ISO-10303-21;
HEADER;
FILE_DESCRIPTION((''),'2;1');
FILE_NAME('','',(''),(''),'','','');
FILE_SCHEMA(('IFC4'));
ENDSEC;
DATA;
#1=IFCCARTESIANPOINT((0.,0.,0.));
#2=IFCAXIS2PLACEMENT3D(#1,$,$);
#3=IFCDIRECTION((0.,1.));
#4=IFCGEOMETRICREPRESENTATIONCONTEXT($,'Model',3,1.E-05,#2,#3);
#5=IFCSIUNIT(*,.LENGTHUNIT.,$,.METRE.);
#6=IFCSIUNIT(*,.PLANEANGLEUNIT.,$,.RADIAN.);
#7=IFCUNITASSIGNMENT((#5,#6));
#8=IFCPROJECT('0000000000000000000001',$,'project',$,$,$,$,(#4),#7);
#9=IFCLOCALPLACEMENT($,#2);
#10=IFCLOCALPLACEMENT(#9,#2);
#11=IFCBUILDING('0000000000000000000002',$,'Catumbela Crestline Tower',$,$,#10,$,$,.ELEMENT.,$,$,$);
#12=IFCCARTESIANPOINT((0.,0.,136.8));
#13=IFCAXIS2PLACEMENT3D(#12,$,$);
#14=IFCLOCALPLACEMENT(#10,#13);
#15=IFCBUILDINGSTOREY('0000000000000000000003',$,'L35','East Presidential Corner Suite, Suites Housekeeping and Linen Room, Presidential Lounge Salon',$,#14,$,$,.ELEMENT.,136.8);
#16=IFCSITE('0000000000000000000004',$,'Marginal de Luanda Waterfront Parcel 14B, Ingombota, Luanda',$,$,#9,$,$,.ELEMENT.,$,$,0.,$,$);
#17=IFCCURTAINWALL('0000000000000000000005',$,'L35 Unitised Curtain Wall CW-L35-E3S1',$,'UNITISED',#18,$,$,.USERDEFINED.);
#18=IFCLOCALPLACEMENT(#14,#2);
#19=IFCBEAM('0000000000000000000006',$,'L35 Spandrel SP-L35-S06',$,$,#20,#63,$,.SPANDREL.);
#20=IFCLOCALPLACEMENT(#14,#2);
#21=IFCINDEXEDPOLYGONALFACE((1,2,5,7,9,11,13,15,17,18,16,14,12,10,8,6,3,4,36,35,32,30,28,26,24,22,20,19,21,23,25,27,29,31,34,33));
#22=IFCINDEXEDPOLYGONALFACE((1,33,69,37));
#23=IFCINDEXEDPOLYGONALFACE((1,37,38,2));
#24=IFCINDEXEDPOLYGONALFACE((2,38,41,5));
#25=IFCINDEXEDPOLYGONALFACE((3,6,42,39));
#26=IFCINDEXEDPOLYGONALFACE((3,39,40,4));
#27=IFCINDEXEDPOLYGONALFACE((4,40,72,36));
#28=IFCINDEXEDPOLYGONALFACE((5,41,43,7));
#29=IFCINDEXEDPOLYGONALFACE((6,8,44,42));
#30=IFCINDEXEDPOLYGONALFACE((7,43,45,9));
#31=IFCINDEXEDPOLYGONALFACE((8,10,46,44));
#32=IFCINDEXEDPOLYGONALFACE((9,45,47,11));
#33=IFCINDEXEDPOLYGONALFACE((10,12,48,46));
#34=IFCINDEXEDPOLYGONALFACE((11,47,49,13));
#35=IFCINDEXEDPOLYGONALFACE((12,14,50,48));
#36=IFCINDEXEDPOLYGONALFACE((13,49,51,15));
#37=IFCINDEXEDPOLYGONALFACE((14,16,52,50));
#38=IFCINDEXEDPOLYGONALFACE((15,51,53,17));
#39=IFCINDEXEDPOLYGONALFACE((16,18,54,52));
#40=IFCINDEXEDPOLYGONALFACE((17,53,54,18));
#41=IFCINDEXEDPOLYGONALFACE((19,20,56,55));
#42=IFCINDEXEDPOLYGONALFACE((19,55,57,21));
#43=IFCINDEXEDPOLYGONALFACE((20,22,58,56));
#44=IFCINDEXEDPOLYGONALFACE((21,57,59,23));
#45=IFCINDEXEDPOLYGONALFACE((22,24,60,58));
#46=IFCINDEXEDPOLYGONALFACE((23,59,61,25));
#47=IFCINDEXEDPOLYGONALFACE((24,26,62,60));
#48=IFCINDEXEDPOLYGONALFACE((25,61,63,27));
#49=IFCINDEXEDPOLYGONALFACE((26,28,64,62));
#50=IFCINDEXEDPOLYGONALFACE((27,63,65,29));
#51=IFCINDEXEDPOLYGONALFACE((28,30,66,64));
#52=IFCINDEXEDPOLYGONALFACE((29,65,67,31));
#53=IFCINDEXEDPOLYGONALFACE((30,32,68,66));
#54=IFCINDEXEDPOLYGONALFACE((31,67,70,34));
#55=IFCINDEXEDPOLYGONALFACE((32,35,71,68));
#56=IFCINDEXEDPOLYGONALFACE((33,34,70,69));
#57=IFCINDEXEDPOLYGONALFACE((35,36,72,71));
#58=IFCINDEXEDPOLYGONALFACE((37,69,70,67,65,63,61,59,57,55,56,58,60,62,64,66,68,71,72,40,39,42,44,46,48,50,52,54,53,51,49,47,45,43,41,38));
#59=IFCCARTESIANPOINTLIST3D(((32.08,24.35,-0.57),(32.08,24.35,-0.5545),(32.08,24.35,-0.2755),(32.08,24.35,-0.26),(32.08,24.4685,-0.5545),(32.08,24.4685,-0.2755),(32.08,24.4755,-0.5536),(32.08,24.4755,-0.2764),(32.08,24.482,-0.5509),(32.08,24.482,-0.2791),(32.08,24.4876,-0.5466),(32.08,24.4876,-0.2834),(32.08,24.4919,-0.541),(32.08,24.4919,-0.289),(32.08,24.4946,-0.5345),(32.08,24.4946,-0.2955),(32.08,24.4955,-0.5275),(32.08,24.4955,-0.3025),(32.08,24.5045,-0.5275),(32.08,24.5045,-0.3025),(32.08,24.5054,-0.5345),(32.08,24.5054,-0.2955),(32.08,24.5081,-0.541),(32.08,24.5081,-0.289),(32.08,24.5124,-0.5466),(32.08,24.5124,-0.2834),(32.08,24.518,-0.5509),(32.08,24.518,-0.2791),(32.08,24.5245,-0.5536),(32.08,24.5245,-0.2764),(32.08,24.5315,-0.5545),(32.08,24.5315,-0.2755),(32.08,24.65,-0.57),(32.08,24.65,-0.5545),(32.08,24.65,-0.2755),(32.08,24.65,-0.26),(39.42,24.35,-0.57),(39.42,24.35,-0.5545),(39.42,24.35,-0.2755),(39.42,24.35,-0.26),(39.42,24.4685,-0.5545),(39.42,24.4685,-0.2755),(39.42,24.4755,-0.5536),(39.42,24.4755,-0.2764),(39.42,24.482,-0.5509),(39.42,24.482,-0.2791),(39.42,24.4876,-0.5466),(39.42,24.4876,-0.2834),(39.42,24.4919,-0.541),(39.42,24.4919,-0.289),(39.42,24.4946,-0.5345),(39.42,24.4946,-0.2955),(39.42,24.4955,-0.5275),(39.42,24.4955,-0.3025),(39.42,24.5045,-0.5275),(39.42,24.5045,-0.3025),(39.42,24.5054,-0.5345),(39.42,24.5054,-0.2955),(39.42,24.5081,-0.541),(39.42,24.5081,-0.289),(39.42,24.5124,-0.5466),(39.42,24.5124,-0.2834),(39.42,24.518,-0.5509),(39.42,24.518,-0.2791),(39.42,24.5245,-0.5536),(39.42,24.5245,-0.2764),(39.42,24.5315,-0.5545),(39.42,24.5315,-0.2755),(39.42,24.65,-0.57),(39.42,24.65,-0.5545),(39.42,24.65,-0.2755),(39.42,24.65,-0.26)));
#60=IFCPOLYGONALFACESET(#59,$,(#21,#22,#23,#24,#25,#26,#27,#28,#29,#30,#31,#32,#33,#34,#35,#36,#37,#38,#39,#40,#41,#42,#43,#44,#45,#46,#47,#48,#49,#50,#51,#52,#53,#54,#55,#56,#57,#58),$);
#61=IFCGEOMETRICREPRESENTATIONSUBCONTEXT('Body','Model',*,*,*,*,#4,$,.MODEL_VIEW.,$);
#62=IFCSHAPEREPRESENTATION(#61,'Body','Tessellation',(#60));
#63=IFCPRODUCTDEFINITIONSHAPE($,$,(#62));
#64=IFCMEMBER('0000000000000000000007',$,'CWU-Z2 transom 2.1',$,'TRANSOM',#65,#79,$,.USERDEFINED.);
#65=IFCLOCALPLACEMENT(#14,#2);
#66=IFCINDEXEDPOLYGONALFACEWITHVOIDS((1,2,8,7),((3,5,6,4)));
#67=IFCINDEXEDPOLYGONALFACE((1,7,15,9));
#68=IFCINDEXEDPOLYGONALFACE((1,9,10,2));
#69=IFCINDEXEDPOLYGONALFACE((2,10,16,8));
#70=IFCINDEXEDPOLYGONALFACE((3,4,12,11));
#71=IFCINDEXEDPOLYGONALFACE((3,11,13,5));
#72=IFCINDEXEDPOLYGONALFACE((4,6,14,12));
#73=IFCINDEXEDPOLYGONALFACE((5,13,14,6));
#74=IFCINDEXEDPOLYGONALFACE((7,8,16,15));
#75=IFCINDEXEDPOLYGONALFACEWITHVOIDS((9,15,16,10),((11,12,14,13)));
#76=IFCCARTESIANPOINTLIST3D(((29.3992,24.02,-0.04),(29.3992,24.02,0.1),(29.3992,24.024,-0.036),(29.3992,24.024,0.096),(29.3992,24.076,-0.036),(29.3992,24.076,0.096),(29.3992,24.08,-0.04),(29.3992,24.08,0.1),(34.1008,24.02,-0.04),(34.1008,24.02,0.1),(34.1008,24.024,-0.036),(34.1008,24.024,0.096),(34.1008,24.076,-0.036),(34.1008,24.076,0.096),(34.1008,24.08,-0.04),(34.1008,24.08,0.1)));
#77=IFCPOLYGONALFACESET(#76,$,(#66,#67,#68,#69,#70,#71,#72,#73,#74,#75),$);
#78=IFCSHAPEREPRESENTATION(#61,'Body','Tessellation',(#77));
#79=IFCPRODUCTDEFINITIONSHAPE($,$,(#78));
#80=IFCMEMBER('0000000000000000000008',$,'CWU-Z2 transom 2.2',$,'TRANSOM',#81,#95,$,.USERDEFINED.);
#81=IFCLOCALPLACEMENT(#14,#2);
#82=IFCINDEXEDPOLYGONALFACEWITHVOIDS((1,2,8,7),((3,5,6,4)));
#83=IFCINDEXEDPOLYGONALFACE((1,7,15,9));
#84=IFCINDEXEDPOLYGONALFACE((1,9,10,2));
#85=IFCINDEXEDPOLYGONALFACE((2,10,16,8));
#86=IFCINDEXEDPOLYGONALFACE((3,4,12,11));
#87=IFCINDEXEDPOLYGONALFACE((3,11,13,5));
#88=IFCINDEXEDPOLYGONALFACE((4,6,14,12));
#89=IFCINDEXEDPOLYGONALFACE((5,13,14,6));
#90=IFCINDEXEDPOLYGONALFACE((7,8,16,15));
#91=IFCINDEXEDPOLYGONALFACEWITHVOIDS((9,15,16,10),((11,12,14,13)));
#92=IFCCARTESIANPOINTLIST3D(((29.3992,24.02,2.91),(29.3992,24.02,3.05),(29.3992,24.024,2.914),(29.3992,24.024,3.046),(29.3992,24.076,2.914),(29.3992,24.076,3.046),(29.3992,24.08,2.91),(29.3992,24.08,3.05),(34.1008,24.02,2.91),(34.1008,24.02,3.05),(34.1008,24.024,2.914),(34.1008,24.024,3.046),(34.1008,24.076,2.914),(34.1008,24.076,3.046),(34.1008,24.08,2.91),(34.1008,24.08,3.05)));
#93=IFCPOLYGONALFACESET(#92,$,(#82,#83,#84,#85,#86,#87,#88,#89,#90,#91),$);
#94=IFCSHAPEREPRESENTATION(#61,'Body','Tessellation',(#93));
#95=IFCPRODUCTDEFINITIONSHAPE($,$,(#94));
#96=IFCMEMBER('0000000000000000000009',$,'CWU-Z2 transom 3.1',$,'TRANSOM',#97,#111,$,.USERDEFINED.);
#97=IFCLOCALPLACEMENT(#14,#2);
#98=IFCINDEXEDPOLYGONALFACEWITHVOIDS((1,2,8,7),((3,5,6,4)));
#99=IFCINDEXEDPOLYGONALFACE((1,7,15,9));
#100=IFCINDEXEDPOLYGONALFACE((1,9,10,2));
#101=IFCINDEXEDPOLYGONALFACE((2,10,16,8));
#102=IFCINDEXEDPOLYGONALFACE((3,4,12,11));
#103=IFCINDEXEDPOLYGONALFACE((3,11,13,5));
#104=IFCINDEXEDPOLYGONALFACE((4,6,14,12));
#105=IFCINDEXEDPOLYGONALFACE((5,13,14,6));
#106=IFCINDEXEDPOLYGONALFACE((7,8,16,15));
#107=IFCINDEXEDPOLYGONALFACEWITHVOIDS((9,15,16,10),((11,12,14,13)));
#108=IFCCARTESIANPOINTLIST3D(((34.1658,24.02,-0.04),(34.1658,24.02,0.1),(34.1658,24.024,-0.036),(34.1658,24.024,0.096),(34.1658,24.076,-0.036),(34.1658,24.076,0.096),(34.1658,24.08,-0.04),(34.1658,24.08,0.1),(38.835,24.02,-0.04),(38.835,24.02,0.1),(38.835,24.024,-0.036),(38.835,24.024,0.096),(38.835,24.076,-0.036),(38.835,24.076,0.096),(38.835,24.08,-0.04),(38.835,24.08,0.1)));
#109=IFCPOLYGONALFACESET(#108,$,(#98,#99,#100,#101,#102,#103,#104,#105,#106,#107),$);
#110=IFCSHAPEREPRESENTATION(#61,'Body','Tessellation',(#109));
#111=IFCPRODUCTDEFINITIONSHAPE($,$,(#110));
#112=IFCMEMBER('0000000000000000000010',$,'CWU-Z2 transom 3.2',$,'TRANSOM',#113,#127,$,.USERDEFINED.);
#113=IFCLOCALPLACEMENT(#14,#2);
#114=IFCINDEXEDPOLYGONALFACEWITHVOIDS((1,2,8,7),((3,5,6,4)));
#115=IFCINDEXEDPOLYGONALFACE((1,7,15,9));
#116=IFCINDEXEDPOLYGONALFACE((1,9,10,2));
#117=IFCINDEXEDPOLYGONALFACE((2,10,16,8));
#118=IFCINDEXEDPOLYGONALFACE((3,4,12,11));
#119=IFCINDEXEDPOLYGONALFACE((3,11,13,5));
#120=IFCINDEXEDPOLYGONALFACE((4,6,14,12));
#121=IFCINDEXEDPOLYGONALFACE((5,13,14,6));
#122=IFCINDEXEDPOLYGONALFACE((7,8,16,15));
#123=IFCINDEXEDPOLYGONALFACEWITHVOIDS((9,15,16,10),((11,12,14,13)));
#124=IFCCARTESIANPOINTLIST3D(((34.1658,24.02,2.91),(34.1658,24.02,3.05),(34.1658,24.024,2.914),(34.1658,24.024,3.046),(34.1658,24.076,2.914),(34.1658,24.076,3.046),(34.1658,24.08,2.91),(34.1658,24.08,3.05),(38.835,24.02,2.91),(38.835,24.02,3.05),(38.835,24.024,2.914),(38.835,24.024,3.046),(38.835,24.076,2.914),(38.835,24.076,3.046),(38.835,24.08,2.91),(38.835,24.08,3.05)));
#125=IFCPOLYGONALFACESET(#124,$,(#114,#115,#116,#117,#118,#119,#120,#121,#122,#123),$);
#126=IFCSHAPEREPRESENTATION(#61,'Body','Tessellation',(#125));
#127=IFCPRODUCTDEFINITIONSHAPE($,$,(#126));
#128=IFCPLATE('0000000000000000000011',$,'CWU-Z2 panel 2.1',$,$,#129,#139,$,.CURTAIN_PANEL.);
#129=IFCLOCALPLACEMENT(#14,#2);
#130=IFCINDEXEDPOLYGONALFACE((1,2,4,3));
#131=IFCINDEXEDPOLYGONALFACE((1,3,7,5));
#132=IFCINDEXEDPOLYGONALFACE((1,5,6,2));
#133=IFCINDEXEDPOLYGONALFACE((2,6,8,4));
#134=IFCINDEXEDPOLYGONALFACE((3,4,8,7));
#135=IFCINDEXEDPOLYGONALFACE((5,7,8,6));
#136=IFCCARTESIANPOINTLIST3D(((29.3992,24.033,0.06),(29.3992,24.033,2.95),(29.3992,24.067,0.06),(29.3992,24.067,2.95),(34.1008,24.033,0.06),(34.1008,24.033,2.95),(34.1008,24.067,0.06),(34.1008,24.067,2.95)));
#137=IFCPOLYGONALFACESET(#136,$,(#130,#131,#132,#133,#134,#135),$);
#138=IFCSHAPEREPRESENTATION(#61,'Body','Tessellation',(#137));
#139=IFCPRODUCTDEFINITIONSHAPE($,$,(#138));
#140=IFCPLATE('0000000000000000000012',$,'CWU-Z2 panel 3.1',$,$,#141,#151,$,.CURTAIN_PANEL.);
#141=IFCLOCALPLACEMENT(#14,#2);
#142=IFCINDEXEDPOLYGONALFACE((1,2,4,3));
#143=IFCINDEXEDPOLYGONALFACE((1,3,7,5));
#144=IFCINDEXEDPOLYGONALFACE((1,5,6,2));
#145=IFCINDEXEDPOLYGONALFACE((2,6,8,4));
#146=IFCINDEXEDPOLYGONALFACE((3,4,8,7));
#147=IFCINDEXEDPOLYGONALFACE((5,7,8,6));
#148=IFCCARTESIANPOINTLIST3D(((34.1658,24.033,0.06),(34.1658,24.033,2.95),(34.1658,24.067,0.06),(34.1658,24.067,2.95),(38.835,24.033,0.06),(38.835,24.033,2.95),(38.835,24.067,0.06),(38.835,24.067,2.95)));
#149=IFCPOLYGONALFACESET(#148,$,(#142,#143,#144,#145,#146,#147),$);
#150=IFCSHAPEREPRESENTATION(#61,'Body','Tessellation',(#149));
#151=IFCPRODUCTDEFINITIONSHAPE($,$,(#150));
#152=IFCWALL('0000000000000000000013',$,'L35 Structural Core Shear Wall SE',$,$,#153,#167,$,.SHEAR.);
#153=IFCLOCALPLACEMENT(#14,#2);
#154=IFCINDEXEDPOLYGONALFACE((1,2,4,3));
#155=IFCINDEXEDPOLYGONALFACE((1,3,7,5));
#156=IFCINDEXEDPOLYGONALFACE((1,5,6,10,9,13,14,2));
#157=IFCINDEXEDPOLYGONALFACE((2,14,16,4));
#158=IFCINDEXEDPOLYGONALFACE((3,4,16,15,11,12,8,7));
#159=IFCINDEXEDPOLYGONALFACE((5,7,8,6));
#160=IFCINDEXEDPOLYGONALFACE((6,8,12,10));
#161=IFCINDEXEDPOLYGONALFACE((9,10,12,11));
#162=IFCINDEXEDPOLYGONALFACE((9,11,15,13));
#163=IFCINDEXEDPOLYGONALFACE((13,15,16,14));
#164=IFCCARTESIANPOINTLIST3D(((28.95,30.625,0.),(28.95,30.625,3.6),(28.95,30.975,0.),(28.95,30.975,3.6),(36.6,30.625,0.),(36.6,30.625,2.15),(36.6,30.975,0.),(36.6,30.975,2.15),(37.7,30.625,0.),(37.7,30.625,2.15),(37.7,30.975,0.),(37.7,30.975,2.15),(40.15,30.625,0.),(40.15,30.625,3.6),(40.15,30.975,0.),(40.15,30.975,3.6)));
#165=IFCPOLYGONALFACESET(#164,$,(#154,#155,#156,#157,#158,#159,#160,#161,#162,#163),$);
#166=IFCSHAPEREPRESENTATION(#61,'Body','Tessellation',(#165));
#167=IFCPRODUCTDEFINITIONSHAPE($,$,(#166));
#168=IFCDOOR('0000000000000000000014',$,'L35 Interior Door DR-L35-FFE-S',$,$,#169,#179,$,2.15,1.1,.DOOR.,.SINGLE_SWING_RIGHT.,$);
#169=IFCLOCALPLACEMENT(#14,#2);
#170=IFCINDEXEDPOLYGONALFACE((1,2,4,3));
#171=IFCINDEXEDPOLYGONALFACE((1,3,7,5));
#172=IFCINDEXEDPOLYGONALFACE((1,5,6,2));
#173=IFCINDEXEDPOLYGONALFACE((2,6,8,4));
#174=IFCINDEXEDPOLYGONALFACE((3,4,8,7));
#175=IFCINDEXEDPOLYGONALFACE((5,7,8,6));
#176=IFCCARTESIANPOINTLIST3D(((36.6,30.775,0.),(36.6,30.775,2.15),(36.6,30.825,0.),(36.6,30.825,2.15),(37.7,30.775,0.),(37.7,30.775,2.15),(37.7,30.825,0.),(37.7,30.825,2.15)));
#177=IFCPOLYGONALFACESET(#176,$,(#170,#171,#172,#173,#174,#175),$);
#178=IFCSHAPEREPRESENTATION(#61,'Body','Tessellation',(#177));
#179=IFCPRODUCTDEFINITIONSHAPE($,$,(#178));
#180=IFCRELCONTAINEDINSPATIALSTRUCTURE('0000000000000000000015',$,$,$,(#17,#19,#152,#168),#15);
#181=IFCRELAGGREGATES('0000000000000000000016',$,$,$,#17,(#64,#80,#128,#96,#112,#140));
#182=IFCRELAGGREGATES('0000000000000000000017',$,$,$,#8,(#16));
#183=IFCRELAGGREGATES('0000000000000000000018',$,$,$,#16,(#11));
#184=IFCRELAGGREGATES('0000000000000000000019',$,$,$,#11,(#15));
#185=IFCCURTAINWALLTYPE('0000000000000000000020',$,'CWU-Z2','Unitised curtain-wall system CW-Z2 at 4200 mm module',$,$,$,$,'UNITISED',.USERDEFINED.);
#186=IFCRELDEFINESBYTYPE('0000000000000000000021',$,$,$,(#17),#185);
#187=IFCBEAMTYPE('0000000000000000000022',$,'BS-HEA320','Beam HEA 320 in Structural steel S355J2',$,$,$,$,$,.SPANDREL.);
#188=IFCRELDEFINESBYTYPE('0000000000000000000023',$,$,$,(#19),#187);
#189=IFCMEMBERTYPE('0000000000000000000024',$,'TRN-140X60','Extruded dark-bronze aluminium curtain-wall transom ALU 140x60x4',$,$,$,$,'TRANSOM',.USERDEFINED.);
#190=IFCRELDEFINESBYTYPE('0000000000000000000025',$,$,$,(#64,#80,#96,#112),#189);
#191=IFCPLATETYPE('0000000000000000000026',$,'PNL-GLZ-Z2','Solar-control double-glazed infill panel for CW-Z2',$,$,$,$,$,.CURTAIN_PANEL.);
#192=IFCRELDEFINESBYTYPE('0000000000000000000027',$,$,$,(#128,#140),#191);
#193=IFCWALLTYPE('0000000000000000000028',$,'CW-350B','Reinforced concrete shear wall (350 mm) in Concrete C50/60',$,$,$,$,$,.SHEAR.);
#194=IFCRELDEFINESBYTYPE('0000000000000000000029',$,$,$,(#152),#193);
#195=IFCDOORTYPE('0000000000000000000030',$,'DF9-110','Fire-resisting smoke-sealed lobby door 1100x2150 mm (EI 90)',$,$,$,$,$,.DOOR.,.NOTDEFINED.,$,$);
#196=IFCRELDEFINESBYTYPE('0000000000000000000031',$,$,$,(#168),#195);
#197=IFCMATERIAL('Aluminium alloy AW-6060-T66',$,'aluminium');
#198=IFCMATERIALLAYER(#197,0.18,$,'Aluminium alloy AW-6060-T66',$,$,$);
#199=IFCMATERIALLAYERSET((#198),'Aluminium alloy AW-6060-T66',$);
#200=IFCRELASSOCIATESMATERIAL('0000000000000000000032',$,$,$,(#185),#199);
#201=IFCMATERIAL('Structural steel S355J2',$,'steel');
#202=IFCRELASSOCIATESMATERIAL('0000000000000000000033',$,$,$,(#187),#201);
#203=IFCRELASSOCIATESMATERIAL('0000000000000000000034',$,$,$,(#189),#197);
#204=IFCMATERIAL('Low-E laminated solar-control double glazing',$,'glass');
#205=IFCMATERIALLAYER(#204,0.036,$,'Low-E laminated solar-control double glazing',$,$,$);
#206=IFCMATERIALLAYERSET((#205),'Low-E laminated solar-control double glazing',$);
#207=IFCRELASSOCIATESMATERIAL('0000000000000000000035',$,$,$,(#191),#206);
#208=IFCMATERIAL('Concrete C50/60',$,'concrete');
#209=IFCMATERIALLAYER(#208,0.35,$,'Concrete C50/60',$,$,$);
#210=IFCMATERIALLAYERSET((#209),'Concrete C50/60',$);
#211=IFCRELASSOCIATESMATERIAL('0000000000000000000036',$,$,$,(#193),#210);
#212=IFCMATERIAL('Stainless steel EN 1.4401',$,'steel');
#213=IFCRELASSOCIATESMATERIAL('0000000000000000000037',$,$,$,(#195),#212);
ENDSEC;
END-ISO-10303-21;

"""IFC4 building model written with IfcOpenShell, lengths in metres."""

from ifc_helpers import new_model, si_unit, direction, frame, frame_2d, origin, origin_2d, place, context, subcontext, project, spatial, rectangle, hollow_rectangle, i_section, extrude, material, layer, layer_set, material_profile, profile_set, type_object, element, fill, aggregate, save


model = new_model("IFC4")

# Units and contexts
model_context = context("Model", 3, precision=1e-05, world=origin(), true_north=direction((0.0, 1.0)))
body_context = subcontext(model_context, "Body", "Model", "MODEL_VIEW")
ifc_project = project(units=[si_unit("LENGTHUNIT", "METRE"), si_unit("PLANEANGLEUNIT", "RADIAN")], contexts=[model_context])

# Site, building, storey
site_placement = place(None, origin())
site = spatial("IfcSite", under=ifc_project, at=site_placement, Name="Marginal de Luanda Waterfront Parcel 14B, Ingombota, Luanda", CompositionType="ELEMENT", RefElevation=0.0)
building_placement = place(site_placement, origin())
building = spatial("IfcBuilding", under=site, at=building_placement, Name="Catumbela Crestline Tower", CompositionType="ELEMENT")
storey_placement = place(building_placement, frame((0.0, 0.0, 136.8)))
storey = spatial("IfcBuildingStorey", under=building, at=storey_placement, Name="L35", Description="East Presidential Corner Suite, Suites Housekeeping and Linen Room, Presidential Lounge Salon", CompositionType="ELEMENT", Elevation=136.8)

# Shared definitions
ifc_material_1 = material(Name="Structural steel S355J2", Category="steel")

# Curtain wall
ifc_material_2 = material(Name="Aluminium alloy AW-6060-T66", Category="aluminium")
ifc_layer_1 = layer(ifc_material_2, 0.18, Name="Aluminium alloy AW-6060-T66")
ifc_layer_set_1 = layer_set([ifc_layer_1], Name="Aluminium alloy AW-6060-T66")
curtain_wall_type = type_object("IfcCurtainWallType", Name="CWU-Z2", Description="Unitised curtain-wall system CW-Z2 at 4200 mm module", ElementType="UNITISED", PredefinedType="USERDEFINED", material=ifc_layer_set_1)
curtain_wall_placement = place(storey_placement, origin())
curtain_wall = element("IfcCurtainWall", 1, at=curtain_wall_placement, inside=storey, type_object=curtain_wall_type, Name="L35 Unitised Curtain Wall CW-L35-E3S1", ObjectType="UNITISED", PredefinedType="USERDEFINED")

# Beam
ifc_material_profile_1 = material_profile(ifc_material_1, i_section(OverallWidth=0.3, OverallDepth=0.31, WebThickness=0.009, FlangeThickness=0.0155, FilletRadius=0.027, at=origin_2d()), Name="HEA 320")
ifc_profile_set_1 = profile_set([ifc_material_profile_1], Name="Structural steel S355J2")
beam_type_1 = type_object("IfcBeamType", Name="BS-HEA320", Description="Beam HEA 320 in Structural steel S355J2", PredefinedType="SPANDREL", material=ifc_profile_set_1)
beam_placement = place(storey_placement, frame((32.08, 24.5, -0.415), z_axis=(1.0, 0.0, 0.0), x_axis=(0.0, 1.0, 0.0)))
element("IfcBeam", 2, at=beam_placement, inside=storey, type_object=beam_type_1, Name="L35 Spandrel SP-L35-S06", PredefinedType="SPANDREL", context=body_context, shape_type="SweptSolid", body=[
    extrude(i_section(OverallWidth=0.3, OverallDepth=0.31, WebThickness=0.009, FlangeThickness=0.0155, FilletRadius=0.027, at=origin_2d()), origin(), (0.0, 0.0, 1.0), 7.34),
])

# Members
ifc_material_profile_2 = material_profile(ifc_material_2, hollow_rectangle(XDim=0.06, YDim=0.14, WallThickness=0.004, at=origin_2d()), Name="ALU 140x60x4")
ifc_profile_set_2 = profile_set([ifc_material_profile_2], Name="Aluminium alloy AW-6060-T66")
member_type_1 = type_object("IfcMemberType", Name="TRN-140X60", Description="Extruded dark-bronze aluminium curtain-wall transom ALU 140x60x4", ElementType="TRANSOM", PredefinedType="USERDEFINED", material=ifc_profile_set_2)
member_1_placement = place(storey_placement, frame((29.3992, 24.05, 0.03), z_axis=(1.0, 0.0, 0.0), x_axis=(0.0, 1.0, 0.0)))
member_1 = element("IfcMember", 3, at=member_1_placement, type_object=member_type_1, Name="CWU-Z2 transom 2.1", ObjectType="TRANSOM", PredefinedType="USERDEFINED", context=body_context, shape_type="SweptSolid", body=[
    extrude(hollow_rectangle(XDim=0.06, YDim=0.14, WallThickness=0.004, at=origin_2d()), origin(), (0.0, 0.0, 1.0), 4.7016),
])
member_2_placement = place(storey_placement, frame((29.3992, 24.05, 2.98), z_axis=(1.0, 0.0, 0.0), x_axis=(0.0, 1.0, 0.0)))
member_2 = element("IfcMember", 4, at=member_2_placement, type_object=member_type_1, Name="CWU-Z2 transom 2.2", ObjectType="TRANSOM", PredefinedType="USERDEFINED", context=body_context, shape_type="SweptSolid", body=[
    extrude(hollow_rectangle(XDim=0.06, YDim=0.14, WallThickness=0.004, at=origin_2d()), origin(), (0.0, 0.0, 1.0), 4.7016),
])
member_3_placement = place(storey_placement, frame((34.1658, 24.05, 0.03), z_axis=(1.0, 0.0, 0.0), x_axis=(0.0, 1.0, 0.0)))
member_3 = element("IfcMember", 5, at=member_3_placement, type_object=member_type_1, Name="CWU-Z2 transom 3.1", ObjectType="TRANSOM", PredefinedType="USERDEFINED", context=body_context, shape_type="SweptSolid", body=[
    extrude(hollow_rectangle(XDim=0.06, YDim=0.14, WallThickness=0.004, at=origin_2d()), origin(), (0.0, 0.0, 1.0), 4.6692),
])
member_4_placement = place(storey_placement, frame((34.1658, 24.05, 2.98), z_axis=(1.0, 0.0, 0.0), x_axis=(0.0, 1.0, 0.0)))
member_4 = element("IfcMember", 6, at=member_4_placement, type_object=member_type_1, Name="CWU-Z2 transom 3.2", ObjectType="TRANSOM", PredefinedType="USERDEFINED", context=body_context, shape_type="SweptSolid", body=[
    extrude(hollow_rectangle(XDim=0.06, YDim=0.14, WallThickness=0.004, at=origin_2d()), origin(), (0.0, 0.0, 1.0), 4.6692),
])

# Plates
ifc_material_3 = material(Name="Low-E laminated solar-control double glazing", Category="glass")
ifc_layer_2 = layer(ifc_material_3, 0.036, Name="Low-E laminated solar-control double glazing")
ifc_layer_set_2 = layer_set([ifc_layer_2], Name="Low-E laminated solar-control double glazing")
plate_type = type_object("IfcPlateType", Name="PNL-GLZ-Z2", Description="Solar-control double-glazed infill panel for CW-Z2", PredefinedType="CURTAIN_PANEL", material=ifc_layer_set_2)
plate_1_placement = place(storey_placement, frame((31.75, 24.05, 0.06), z_axis=(0.0, 0.0, 1.0), x_axis=(1.0, 0.0, 0.0)))
plate_1 = element("IfcPlate", 7, at=plate_1_placement, type_object=plate_type, Name="CWU-Z2 panel 2.1", PredefinedType="CURTAIN_PANEL", context=body_context, shape_type="SweptSolid", body=[
    extrude(rectangle(XDim=4.7017, YDim=0.034, at=origin_2d()), origin(), (0.0, 0.0, 1.0), 2.89),
])
plate_2_placement = place(storey_placement, frame((36.5004, 24.05, 0.06), z_axis=(0.0, 0.0, 1.0), x_axis=(1.0, 0.0, 0.0)))
plate_2 = element("IfcPlate", 8, at=plate_2_placement, type_object=plate_type, Name="CWU-Z2 panel 3.1", PredefinedType="CURTAIN_PANEL", context=body_context, shape_type="SweptSolid", body=[
    extrude(rectangle(XDim=4.6692, YDim=0.034, at=origin_2d()), origin(), (0.0, 0.0, 1.0), 2.89),
])
aggregate(curtain_wall, [member_1, member_2, plate_1, member_3, member_4, plate_2])

# Wall, opening, door
ifc_material_4 = material(Name="Concrete C50/60", Category="concrete")
ifc_layer_3 = layer(ifc_material_4, 0.35, Name="Concrete C50/60")
ifc_layer_set_3 = layer_set([ifc_layer_3], Name="Concrete C50/60")
wall_type_1 = type_object("IfcWallType", Name="CW-350B", Description="Reinforced concrete shear wall (350 mm) in Concrete C50/60", PredefinedType="SHEAR", material=ifc_layer_set_3)
wall_1_placement = place(storey_placement, frame((28.95, 30.8, 0.0), z_axis=(0.0, 0.0, 1.0), x_axis=(1.0, 0.0, 0.0)))
wall_1 = element("IfcWall", 9, at=wall_1_placement, inside=storey, type_object=wall_type_1, Name="L35 Structural Core Shear Wall SE", PredefinedType="SHEAR", context=body_context, shape_type="SweptSolid", body=[
    extrude(rectangle(XDim=11.2, YDim=0.35, at=frame_2d((5.6, 0.0))), origin(), (0.0, 0.0, 1.0), 3.6),
])
opening_1_placement = place(wall_1_placement, frame((7.65, 0.0, 0.0)))
opening_1 = element("IfcOpeningElement", 10, at=opening_1_placement, cuts=wall_1, PredefinedType="OPENING", context=body_context, shape_type="SweptSolid", body=[
    extrude(rectangle(XDim=1.1, YDim=2.15, at=frame_2d((0.55, 1.075))), frame((0.0, 0.185, 0.0), z_axis=(0.0, -1.0, 0.0), x_axis=(1.0, 0.0, 0.0)), (0.0, 0.0, 1.0), 0.37),
])
ifc_material_5 = material(Name="Stainless steel EN 1.4401", Category="steel")
door_type_1 = type_object("IfcDoorType", Name="DF9-110", Description="Fire-resisting smoke-sealed lobby door 1100x2150 mm (EI 90)", OperationType="NOTDEFINED", PredefinedType="DOOR", material=ifc_material_5)
door_1_placement = place(opening_1_placement, origin())
door_1 = element("IfcDoor", 11, at=door_1_placement, inside=storey, type_object=door_type_1, Name="L35 Interior Door DR-L35-FFE-S", OperationType="SINGLE_SWING_RIGHT", OverallHeight=2.15, OverallWidth=1.1, PredefinedType="DOOR", context=body_context, shape_type="SweptSolid", body=[
    extrude(rectangle(XDim=1.1, YDim=2.15, at=frame_2d((0.55, 1.075))), frame((0.0, 0.025, 0.0), z_axis=(0.0, -1.0, 0.0), x_axis=(1.0, 0.0, 0.0)), (0.0, 0.0, 1.0), 0.05),
])
fill(opening_1, door_1)

save(model, "model.ifc")
